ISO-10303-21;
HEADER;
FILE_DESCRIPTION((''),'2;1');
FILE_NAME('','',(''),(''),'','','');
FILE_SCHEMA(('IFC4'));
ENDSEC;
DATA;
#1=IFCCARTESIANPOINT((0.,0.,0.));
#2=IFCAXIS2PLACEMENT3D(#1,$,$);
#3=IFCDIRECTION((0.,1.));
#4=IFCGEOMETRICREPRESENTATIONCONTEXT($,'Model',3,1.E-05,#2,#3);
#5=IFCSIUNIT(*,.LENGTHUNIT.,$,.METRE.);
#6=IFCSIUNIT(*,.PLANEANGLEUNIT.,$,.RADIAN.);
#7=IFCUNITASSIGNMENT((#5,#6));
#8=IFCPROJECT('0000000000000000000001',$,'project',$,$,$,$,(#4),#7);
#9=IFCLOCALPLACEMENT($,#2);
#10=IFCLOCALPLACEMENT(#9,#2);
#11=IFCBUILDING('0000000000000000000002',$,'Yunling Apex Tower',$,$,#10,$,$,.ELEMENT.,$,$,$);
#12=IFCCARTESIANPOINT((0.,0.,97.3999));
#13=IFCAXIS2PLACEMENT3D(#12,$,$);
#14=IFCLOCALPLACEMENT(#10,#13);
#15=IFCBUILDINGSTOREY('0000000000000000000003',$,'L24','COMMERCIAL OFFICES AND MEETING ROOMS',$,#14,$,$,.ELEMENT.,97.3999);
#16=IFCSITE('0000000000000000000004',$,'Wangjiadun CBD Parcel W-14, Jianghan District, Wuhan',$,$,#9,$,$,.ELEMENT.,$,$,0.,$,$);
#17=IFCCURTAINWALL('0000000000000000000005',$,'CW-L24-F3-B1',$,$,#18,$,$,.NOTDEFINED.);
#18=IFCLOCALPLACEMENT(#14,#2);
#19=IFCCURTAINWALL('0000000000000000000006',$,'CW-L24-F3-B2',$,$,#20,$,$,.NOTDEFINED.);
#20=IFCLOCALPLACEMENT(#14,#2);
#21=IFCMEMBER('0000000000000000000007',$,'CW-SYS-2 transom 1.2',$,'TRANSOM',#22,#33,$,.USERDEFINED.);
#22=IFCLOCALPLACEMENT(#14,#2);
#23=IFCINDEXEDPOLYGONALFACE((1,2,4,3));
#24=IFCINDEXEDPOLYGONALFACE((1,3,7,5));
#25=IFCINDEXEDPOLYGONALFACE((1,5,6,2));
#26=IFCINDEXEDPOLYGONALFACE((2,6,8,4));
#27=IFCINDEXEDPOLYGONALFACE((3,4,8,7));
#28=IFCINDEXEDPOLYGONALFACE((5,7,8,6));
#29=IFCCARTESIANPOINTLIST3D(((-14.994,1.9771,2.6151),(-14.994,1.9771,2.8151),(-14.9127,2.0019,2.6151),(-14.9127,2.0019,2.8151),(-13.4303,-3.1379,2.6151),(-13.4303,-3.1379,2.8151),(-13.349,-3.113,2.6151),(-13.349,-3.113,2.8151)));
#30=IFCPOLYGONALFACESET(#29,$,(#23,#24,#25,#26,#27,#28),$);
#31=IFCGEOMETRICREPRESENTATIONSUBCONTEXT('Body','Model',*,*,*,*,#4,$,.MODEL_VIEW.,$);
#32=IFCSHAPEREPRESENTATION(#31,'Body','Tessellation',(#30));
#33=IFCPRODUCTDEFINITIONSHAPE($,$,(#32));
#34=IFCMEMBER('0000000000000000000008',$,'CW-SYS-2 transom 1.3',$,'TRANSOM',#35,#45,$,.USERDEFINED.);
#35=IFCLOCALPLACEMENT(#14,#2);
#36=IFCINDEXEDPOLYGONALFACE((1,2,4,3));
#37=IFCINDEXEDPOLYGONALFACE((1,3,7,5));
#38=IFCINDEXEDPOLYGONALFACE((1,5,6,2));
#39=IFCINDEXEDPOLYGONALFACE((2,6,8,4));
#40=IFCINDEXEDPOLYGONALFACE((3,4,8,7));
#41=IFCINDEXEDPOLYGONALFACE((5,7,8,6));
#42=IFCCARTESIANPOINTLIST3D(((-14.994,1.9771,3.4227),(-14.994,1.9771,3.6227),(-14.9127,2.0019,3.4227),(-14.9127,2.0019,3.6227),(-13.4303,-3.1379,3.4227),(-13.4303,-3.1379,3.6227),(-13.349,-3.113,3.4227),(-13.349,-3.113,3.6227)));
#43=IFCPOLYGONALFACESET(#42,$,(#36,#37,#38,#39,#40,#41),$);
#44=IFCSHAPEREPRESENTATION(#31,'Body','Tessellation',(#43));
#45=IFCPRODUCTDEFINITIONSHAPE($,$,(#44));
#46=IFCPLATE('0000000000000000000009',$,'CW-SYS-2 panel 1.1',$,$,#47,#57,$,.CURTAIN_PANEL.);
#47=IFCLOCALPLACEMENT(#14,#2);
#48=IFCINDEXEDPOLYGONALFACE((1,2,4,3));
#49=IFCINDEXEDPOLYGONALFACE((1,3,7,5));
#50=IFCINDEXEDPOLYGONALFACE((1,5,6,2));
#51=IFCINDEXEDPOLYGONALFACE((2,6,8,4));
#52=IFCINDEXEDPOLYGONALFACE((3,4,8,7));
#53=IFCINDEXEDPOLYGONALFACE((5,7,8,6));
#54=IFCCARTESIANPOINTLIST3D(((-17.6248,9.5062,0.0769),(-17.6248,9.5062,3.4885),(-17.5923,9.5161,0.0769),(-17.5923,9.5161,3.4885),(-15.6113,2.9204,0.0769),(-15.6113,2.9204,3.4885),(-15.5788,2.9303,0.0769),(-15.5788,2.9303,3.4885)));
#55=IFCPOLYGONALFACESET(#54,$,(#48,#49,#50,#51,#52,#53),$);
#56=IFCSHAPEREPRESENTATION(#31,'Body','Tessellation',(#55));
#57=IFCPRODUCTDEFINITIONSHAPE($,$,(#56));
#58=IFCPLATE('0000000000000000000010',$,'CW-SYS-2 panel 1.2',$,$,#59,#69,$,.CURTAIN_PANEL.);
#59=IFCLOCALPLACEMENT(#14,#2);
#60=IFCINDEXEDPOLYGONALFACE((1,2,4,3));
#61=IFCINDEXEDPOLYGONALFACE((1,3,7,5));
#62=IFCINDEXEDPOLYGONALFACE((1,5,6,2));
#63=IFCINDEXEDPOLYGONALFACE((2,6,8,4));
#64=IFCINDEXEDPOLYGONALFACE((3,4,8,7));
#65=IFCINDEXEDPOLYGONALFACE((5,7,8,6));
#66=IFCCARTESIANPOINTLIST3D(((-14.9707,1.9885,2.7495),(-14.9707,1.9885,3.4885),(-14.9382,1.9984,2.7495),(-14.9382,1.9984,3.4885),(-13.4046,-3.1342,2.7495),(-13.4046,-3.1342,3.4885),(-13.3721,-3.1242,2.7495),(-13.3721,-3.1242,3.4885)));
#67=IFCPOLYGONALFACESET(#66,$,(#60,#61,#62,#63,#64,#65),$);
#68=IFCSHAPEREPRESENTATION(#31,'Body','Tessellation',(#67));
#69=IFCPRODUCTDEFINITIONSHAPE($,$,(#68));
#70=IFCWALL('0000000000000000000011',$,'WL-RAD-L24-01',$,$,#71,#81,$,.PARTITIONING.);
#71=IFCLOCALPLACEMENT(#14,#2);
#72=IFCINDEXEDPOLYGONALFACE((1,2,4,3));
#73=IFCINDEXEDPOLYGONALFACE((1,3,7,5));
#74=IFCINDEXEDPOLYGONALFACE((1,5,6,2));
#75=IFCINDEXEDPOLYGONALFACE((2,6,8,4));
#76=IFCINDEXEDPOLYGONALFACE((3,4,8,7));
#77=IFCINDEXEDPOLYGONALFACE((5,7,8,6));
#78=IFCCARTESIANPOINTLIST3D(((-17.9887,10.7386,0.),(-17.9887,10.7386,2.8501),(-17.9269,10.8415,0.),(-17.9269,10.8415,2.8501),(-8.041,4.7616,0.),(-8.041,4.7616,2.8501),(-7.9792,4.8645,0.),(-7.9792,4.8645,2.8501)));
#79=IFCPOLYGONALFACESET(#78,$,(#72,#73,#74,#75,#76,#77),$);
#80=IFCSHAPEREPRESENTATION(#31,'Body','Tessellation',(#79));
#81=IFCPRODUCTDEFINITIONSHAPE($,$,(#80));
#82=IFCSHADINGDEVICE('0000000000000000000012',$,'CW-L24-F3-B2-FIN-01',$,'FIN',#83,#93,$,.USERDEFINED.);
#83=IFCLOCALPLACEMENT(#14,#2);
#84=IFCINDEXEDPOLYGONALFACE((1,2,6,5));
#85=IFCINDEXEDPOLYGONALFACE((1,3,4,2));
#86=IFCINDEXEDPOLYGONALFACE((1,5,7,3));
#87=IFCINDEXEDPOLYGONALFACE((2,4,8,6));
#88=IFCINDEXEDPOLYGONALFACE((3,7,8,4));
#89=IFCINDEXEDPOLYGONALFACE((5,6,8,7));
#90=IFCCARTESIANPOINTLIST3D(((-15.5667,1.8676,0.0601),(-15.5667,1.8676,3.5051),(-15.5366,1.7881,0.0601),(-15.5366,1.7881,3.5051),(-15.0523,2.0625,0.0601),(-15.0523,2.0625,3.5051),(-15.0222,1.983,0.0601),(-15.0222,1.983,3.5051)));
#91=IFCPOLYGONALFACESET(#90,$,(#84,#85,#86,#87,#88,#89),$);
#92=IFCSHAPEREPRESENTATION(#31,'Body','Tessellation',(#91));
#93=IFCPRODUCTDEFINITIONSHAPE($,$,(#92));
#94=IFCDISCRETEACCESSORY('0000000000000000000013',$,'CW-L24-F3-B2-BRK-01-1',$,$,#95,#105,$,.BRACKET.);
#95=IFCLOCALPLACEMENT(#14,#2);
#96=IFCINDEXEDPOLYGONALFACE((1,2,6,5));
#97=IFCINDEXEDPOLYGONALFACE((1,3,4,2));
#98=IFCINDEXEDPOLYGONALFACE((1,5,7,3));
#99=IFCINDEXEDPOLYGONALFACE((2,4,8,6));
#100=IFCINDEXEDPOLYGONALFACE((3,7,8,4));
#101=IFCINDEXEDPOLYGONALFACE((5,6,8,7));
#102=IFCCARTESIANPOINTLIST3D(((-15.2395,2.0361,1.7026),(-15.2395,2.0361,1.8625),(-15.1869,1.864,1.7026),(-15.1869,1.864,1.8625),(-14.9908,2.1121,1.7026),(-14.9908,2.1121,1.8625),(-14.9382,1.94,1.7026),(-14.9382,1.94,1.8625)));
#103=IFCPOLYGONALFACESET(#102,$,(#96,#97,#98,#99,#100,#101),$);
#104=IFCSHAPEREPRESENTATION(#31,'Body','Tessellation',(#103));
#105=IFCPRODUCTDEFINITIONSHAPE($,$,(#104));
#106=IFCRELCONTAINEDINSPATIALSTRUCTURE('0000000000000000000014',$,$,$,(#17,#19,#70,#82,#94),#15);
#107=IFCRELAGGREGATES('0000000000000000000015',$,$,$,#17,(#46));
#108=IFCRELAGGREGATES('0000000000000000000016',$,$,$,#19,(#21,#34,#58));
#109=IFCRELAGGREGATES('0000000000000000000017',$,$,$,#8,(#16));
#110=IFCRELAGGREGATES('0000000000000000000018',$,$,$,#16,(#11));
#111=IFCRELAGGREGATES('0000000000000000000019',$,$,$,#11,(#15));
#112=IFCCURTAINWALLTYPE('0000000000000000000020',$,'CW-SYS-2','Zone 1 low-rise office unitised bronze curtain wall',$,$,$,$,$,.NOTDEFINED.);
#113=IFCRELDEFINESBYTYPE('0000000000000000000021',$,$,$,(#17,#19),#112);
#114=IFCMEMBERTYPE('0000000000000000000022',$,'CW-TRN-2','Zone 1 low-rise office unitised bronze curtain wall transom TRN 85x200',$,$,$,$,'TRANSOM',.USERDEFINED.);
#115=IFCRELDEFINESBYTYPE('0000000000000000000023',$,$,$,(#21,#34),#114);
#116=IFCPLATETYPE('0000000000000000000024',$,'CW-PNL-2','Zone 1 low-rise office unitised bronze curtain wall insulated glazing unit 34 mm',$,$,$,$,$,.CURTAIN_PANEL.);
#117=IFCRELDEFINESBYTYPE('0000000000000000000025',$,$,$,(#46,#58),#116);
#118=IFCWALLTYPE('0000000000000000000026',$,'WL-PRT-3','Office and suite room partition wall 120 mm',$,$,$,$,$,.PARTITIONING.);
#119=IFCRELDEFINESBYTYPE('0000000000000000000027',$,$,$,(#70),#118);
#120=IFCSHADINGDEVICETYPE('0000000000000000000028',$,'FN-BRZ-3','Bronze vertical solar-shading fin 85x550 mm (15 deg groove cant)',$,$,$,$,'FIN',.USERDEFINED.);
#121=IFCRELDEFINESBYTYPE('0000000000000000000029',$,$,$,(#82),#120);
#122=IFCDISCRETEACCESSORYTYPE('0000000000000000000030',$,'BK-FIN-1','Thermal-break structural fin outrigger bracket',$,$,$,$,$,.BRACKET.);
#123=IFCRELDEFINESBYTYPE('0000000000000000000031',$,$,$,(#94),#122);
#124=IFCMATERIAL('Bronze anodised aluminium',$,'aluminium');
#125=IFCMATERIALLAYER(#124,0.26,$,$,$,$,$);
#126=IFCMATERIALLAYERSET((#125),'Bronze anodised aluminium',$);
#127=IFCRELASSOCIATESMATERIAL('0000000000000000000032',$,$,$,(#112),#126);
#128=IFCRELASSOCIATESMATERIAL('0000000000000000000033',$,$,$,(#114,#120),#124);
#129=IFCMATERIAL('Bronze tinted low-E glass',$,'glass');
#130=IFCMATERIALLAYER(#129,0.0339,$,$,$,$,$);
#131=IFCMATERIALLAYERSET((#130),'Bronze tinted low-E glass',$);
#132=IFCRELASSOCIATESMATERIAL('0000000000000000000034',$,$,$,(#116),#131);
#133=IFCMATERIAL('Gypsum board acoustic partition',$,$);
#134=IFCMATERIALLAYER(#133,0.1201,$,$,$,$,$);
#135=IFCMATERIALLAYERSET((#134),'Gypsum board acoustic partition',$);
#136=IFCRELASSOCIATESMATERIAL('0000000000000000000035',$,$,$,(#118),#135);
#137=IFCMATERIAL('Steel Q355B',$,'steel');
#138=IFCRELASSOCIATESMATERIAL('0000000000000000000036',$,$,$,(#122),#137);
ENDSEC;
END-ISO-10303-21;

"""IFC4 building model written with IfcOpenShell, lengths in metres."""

from ifc_helpers import new_model, si_unit, direction, frame, frame_2d, origin, origin_2d, place, context, subcontext, project, spatial, rectangle, extrude, source, transform, mapped, material, layer, layer_set, material_profile, profile_set, type_object, element, aggregate, save


model = new_model("IFC4")

# Units and contexts
model_context = context("Model", 3, precision=1e-05, world=origin(), true_north=direction((0.0, 1.0)))
body_context = subcontext(model_context, "Body", "Model", "MODEL_VIEW")
ifc_project = project(units=[si_unit("LENGTHUNIT", "METRE"), si_unit("PLANEANGLEUNIT", "RADIAN")], contexts=[model_context])

# Site, building, storey
site_placement = place(None, origin())
site = spatial("IfcSite", under=ifc_project, at=site_placement, Name="Wangjiadun CBD Parcel W-14, Jianghan District, Wuhan", CompositionType="ELEMENT", RefElevation=0.0)
building_placement = place(site_placement, origin())
building = spatial("IfcBuilding", under=site, at=building_placement, Name="Yunling Apex Tower", CompositionType="ELEMENT")
storey_placement = place(building_placement, frame((0.0, 0.0, 97.3999)))
storey = spatial("IfcBuildingStorey", under=building, at=storey_placement, Name="L24", Description="COMMERCIAL OFFICES AND MEETING ROOMS", CompositionType="ELEMENT", Elevation=97.3999)

# Shared definitions
ifc_material_1 = material(Name="Steel Q355B", Category="steel")

# Curtain wall
ifc_material_2 = material(Name="Bronze anodised aluminium", Category="aluminium")
ifc_layer_1 = layer(ifc_material_2, 0.26)
ifc_layer_set_1 = layer_set([ifc_layer_1], Name="Bronze anodised aluminium")
curtain_wall_type = type_object("IfcCurtainWallType", Name="CW-SYS-2", Description="Zone 1 low-rise office unitised bronze curtain wall", PredefinedType="NOTDEFINED", material=ifc_layer_set_1)
curtain_wall_1_placement = place(storey_placement, origin())
curtain_wall_1 = element("IfcCurtainWall", 1, at=curtain_wall_1_placement, inside=storey, type_object=curtain_wall_type, Name="CW-L24-F3-B1", PredefinedType="NOTDEFINED")

# Curtain wall, members
curtain_wall_2_placement = place(storey_placement, origin())
curtain_wall_2 = element("IfcCurtainWall", 2, at=curtain_wall_2_placement, inside=storey, type_object=curtain_wall_type, Name="CW-L24-F3-B2", PredefinedType="NOTDEFINED")
ifc_material_profile_1 = material_profile(ifc_material_2, rectangle(XDim=0.085, YDim=0.2, at=origin_2d()))
ifc_profile_set_1 = profile_set([ifc_material_profile_1], Name="Bronze anodised aluminium")
member_type_1 = type_object("IfcMemberType", Name="CW-TRN-2", Description="Zone 1 low-rise office unitised bronze curtain wall transom TRN 85x200", ElementType="TRANSOM", PredefinedType="USERDEFINED", material=ifc_profile_set_1)
shared_shape_1 = source(origin(), body_context, "Body", "SweptSolid", [
    extrude(rectangle(XDim=0.085, YDim=0.2, at=origin_2d()), origin(), (0.0, 0.0, 1.0), 5.3486),
])
member_1_placement = place(storey_placement, frame((-14.9534, 1.9895, 2.7151), z_axis=(0.292357, -0.956309, 0.0), x_axis=(0.956309, 0.292357, 0.0)))
member_1 = element("IfcMember", 3, at=member_1_placement, type_object=member_type_1, Name="CW-SYS-2 transom 1.2", ObjectType="TRANSOM", PredefinedType="USERDEFINED", context=body_context, shape_type="MappedRepresentation", body=[
    mapped(shared_shape_1, transform((0.0, 0.0, 0.0), scale=1.0)),
])
member_2_placement = place(storey_placement, frame((-14.9534, 1.9895, 3.5227), z_axis=(0.292357, -0.956309, 0.0), x_axis=(0.956309, 0.292357, 0.0)))
member_2 = element("IfcMember", 4, at=member_2_placement, type_object=member_type_1, Name="CW-SYS-2 transom 1.3", ObjectType="TRANSOM", PredefinedType="USERDEFINED", context=body_context, shape_type="MappedRepresentation", body=[
    mapped(shared_shape_1, transform((0.0, 0.0, 0.0), scale=1.0)),
])

# Plates
ifc_material_3 = material(Name="Bronze tinted low-E glass", Category="glass")
ifc_layer_2 = layer(ifc_material_3, 0.0339)
ifc_layer_set_2 = layer_set([ifc_layer_2], Name="Bronze tinted low-E glass")
plate_type = type_object("IfcPlateType", Name="CW-PNL-2", Description="Zone 1 low-rise office unitised bronze curtain wall insulated glazing unit 34 mm", PredefinedType="CURTAIN_PANEL", material=ifc_layer_set_2)
shared_shape_2 = source(origin(), body_context, "Body", "SweptSolid", [
    extrude(rectangle(XDim=6.8867, YDim=0.0339, at=origin_2d()), origin(), (0.0, 0.0, 1.0), 3.4116),
])
plate_1_placement = place(storey_placement, frame((-16.6018, 6.2183, 0.0769), z_axis=(0.0, 0.0, 1.0), x_axis=(0.292373, -0.956304, 0.0)))
plate_1 = element("IfcPlate", 5, at=plate_1_placement, type_object=plate_type, Name="CW-SYS-2 panel 1.1", PredefinedType="CURTAIN_PANEL", context=body_context, shape_type="MappedRepresentation", body=[
    mapped(shared_shape_2, transform((0.0, 0.0, 0.0), scale=1.0)),
])
aggregate(curtain_wall_1, [plate_1])
shared_shape_3 = source(origin(), body_context, "Body", "SweptSolid", [
    extrude(rectangle(XDim=5.3567, YDim=0.0339, at=origin_2d()), origin(), (0.0, 0.0, 1.0), 0.739),
])
plate_2_placement = place(storey_placement, frame((-14.1714, -0.5679, 2.7495), z_axis=(0.0, 0.0, 1.0), x_axis=(0.292364, -0.956307, 0.0)))
plate_2 = element("IfcPlate", 6, at=plate_2_placement, type_object=plate_type, Name="CW-SYS-2 panel 1.2", PredefinedType="CURTAIN_PANEL", context=body_context, shape_type="MappedRepresentation", body=[
    mapped(shared_shape_3, transform((0.0, 0.0, 0.0), scale=1.0)),
])
aggregate(curtain_wall_2, [member_1, member_2, plate_2])

# Wall
ifc_material_4 = material(Name="Gypsum board acoustic partition")
ifc_layer_3 = layer(ifc_material_4, 0.1201)
ifc_layer_set_3 = layer_set([ifc_layer_3], Name="Gypsum board acoustic partition")
wall_type = type_object("IfcWallType", Name="WL-PRT-3", Description="Office and suite room partition wall 120 mm", PredefinedType="PARTITIONING", material=ifc_layer_set_3)
wall_placement = place(storey_placement, frame((-8.01, 4.813, 0.0), z_axis=(0.0, 0.0, 1.0), x_axis=(-0.857173, 0.515028, 0.0)))
element("IfcWall", 7, at=wall_placement, inside=storey, type_object=wall_type, Name="WL-RAD-L24-01", PredefinedType="PARTITIONING", context=body_context, shape_type="SweptSolid", body=[
    extrude(rectangle(XDim=11.6052, YDim=0.1201, at=frame_2d((5.8027, 0.0))), origin(), (0.0, 0.0, 1.0), 2.8501),
])

# Shading device
ifc_material_profile_2 = material_profile(ifc_material_2, rectangle(XDim=0.085, YDim=0.55, at=origin_2d()))
ifc_profile_set_2 = profile_set([ifc_material_profile_2], Name="Bronze anodised aluminium")
shading_device_type = type_object("IfcShadingDeviceType", Name="FN-BRZ-3", Description="Bronze vertical solar-shading fin 85x550 mm (15 deg groove cant)", ElementType="FIN", PredefinedType="USERDEFINED", material=ifc_profile_set_2)
shared_shape_4 = source(origin(), body_context, "Body", "SweptSolid", [
    extrude(rectangle(XDim=0.085, YDim=0.55, at=origin_2d()), origin(), (0.0, 0.0, 1.0), 3.4451),
])
shading_device_placement = place(storey_placement, frame((-15.2944, 1.9253, 0.0601), z_axis=(0.0, 0.0, 1.0), x_axis=(0.354291, -0.935135, 0.0)))
element("IfcShadingDevice", 8, at=shading_device_placement, inside=storey, type_object=shading_device_type, Name="CW-L24-F3-B2-FIN-01", ObjectType="FIN", PredefinedType="USERDEFINED", context=body_context, shape_type="MappedRepresentation", body=[
    mapped(shared_shape_4, transform((0.0, 0.0, 0.0), scale=1.0)),
])

# Discrete accessory
discrete_accessory_type = type_object("IfcDiscreteAccessoryType", Name="BK-FIN-1", Description="Thermal-break structural fin outrigger bracket", PredefinedType="BRACKET", material=ifc_material_1)
shared_shape_5 = source(origin(), body_context, "Body", "SweptSolid", [
    extrude(rectangle(XDim=0.1799, YDim=0.26, at=origin_2d()), origin(), (0.0, 0.0, 1.0), 0.1599),
])
discrete_accessory_placement = place(storey_placement, frame((-15.0889, 1.988, 1.7026), z_axis=(0.0, 0.0, 1.0), x_axis=(0.292372, -0.956305, 0.0)))
element("IfcDiscreteAccessory", 9, at=discrete_accessory_placement, inside=storey, type_object=discrete_accessory_type, Name="CW-L24-F3-B2-BRK-01-1", PredefinedType="BRACKET", context=body_context, shape_type="MappedRepresentation", body=[
    mapped(shared_shape_5, transform((0.0, 0.0, 0.0), scale=1.0)),
])

save(model, "model.ifc")
